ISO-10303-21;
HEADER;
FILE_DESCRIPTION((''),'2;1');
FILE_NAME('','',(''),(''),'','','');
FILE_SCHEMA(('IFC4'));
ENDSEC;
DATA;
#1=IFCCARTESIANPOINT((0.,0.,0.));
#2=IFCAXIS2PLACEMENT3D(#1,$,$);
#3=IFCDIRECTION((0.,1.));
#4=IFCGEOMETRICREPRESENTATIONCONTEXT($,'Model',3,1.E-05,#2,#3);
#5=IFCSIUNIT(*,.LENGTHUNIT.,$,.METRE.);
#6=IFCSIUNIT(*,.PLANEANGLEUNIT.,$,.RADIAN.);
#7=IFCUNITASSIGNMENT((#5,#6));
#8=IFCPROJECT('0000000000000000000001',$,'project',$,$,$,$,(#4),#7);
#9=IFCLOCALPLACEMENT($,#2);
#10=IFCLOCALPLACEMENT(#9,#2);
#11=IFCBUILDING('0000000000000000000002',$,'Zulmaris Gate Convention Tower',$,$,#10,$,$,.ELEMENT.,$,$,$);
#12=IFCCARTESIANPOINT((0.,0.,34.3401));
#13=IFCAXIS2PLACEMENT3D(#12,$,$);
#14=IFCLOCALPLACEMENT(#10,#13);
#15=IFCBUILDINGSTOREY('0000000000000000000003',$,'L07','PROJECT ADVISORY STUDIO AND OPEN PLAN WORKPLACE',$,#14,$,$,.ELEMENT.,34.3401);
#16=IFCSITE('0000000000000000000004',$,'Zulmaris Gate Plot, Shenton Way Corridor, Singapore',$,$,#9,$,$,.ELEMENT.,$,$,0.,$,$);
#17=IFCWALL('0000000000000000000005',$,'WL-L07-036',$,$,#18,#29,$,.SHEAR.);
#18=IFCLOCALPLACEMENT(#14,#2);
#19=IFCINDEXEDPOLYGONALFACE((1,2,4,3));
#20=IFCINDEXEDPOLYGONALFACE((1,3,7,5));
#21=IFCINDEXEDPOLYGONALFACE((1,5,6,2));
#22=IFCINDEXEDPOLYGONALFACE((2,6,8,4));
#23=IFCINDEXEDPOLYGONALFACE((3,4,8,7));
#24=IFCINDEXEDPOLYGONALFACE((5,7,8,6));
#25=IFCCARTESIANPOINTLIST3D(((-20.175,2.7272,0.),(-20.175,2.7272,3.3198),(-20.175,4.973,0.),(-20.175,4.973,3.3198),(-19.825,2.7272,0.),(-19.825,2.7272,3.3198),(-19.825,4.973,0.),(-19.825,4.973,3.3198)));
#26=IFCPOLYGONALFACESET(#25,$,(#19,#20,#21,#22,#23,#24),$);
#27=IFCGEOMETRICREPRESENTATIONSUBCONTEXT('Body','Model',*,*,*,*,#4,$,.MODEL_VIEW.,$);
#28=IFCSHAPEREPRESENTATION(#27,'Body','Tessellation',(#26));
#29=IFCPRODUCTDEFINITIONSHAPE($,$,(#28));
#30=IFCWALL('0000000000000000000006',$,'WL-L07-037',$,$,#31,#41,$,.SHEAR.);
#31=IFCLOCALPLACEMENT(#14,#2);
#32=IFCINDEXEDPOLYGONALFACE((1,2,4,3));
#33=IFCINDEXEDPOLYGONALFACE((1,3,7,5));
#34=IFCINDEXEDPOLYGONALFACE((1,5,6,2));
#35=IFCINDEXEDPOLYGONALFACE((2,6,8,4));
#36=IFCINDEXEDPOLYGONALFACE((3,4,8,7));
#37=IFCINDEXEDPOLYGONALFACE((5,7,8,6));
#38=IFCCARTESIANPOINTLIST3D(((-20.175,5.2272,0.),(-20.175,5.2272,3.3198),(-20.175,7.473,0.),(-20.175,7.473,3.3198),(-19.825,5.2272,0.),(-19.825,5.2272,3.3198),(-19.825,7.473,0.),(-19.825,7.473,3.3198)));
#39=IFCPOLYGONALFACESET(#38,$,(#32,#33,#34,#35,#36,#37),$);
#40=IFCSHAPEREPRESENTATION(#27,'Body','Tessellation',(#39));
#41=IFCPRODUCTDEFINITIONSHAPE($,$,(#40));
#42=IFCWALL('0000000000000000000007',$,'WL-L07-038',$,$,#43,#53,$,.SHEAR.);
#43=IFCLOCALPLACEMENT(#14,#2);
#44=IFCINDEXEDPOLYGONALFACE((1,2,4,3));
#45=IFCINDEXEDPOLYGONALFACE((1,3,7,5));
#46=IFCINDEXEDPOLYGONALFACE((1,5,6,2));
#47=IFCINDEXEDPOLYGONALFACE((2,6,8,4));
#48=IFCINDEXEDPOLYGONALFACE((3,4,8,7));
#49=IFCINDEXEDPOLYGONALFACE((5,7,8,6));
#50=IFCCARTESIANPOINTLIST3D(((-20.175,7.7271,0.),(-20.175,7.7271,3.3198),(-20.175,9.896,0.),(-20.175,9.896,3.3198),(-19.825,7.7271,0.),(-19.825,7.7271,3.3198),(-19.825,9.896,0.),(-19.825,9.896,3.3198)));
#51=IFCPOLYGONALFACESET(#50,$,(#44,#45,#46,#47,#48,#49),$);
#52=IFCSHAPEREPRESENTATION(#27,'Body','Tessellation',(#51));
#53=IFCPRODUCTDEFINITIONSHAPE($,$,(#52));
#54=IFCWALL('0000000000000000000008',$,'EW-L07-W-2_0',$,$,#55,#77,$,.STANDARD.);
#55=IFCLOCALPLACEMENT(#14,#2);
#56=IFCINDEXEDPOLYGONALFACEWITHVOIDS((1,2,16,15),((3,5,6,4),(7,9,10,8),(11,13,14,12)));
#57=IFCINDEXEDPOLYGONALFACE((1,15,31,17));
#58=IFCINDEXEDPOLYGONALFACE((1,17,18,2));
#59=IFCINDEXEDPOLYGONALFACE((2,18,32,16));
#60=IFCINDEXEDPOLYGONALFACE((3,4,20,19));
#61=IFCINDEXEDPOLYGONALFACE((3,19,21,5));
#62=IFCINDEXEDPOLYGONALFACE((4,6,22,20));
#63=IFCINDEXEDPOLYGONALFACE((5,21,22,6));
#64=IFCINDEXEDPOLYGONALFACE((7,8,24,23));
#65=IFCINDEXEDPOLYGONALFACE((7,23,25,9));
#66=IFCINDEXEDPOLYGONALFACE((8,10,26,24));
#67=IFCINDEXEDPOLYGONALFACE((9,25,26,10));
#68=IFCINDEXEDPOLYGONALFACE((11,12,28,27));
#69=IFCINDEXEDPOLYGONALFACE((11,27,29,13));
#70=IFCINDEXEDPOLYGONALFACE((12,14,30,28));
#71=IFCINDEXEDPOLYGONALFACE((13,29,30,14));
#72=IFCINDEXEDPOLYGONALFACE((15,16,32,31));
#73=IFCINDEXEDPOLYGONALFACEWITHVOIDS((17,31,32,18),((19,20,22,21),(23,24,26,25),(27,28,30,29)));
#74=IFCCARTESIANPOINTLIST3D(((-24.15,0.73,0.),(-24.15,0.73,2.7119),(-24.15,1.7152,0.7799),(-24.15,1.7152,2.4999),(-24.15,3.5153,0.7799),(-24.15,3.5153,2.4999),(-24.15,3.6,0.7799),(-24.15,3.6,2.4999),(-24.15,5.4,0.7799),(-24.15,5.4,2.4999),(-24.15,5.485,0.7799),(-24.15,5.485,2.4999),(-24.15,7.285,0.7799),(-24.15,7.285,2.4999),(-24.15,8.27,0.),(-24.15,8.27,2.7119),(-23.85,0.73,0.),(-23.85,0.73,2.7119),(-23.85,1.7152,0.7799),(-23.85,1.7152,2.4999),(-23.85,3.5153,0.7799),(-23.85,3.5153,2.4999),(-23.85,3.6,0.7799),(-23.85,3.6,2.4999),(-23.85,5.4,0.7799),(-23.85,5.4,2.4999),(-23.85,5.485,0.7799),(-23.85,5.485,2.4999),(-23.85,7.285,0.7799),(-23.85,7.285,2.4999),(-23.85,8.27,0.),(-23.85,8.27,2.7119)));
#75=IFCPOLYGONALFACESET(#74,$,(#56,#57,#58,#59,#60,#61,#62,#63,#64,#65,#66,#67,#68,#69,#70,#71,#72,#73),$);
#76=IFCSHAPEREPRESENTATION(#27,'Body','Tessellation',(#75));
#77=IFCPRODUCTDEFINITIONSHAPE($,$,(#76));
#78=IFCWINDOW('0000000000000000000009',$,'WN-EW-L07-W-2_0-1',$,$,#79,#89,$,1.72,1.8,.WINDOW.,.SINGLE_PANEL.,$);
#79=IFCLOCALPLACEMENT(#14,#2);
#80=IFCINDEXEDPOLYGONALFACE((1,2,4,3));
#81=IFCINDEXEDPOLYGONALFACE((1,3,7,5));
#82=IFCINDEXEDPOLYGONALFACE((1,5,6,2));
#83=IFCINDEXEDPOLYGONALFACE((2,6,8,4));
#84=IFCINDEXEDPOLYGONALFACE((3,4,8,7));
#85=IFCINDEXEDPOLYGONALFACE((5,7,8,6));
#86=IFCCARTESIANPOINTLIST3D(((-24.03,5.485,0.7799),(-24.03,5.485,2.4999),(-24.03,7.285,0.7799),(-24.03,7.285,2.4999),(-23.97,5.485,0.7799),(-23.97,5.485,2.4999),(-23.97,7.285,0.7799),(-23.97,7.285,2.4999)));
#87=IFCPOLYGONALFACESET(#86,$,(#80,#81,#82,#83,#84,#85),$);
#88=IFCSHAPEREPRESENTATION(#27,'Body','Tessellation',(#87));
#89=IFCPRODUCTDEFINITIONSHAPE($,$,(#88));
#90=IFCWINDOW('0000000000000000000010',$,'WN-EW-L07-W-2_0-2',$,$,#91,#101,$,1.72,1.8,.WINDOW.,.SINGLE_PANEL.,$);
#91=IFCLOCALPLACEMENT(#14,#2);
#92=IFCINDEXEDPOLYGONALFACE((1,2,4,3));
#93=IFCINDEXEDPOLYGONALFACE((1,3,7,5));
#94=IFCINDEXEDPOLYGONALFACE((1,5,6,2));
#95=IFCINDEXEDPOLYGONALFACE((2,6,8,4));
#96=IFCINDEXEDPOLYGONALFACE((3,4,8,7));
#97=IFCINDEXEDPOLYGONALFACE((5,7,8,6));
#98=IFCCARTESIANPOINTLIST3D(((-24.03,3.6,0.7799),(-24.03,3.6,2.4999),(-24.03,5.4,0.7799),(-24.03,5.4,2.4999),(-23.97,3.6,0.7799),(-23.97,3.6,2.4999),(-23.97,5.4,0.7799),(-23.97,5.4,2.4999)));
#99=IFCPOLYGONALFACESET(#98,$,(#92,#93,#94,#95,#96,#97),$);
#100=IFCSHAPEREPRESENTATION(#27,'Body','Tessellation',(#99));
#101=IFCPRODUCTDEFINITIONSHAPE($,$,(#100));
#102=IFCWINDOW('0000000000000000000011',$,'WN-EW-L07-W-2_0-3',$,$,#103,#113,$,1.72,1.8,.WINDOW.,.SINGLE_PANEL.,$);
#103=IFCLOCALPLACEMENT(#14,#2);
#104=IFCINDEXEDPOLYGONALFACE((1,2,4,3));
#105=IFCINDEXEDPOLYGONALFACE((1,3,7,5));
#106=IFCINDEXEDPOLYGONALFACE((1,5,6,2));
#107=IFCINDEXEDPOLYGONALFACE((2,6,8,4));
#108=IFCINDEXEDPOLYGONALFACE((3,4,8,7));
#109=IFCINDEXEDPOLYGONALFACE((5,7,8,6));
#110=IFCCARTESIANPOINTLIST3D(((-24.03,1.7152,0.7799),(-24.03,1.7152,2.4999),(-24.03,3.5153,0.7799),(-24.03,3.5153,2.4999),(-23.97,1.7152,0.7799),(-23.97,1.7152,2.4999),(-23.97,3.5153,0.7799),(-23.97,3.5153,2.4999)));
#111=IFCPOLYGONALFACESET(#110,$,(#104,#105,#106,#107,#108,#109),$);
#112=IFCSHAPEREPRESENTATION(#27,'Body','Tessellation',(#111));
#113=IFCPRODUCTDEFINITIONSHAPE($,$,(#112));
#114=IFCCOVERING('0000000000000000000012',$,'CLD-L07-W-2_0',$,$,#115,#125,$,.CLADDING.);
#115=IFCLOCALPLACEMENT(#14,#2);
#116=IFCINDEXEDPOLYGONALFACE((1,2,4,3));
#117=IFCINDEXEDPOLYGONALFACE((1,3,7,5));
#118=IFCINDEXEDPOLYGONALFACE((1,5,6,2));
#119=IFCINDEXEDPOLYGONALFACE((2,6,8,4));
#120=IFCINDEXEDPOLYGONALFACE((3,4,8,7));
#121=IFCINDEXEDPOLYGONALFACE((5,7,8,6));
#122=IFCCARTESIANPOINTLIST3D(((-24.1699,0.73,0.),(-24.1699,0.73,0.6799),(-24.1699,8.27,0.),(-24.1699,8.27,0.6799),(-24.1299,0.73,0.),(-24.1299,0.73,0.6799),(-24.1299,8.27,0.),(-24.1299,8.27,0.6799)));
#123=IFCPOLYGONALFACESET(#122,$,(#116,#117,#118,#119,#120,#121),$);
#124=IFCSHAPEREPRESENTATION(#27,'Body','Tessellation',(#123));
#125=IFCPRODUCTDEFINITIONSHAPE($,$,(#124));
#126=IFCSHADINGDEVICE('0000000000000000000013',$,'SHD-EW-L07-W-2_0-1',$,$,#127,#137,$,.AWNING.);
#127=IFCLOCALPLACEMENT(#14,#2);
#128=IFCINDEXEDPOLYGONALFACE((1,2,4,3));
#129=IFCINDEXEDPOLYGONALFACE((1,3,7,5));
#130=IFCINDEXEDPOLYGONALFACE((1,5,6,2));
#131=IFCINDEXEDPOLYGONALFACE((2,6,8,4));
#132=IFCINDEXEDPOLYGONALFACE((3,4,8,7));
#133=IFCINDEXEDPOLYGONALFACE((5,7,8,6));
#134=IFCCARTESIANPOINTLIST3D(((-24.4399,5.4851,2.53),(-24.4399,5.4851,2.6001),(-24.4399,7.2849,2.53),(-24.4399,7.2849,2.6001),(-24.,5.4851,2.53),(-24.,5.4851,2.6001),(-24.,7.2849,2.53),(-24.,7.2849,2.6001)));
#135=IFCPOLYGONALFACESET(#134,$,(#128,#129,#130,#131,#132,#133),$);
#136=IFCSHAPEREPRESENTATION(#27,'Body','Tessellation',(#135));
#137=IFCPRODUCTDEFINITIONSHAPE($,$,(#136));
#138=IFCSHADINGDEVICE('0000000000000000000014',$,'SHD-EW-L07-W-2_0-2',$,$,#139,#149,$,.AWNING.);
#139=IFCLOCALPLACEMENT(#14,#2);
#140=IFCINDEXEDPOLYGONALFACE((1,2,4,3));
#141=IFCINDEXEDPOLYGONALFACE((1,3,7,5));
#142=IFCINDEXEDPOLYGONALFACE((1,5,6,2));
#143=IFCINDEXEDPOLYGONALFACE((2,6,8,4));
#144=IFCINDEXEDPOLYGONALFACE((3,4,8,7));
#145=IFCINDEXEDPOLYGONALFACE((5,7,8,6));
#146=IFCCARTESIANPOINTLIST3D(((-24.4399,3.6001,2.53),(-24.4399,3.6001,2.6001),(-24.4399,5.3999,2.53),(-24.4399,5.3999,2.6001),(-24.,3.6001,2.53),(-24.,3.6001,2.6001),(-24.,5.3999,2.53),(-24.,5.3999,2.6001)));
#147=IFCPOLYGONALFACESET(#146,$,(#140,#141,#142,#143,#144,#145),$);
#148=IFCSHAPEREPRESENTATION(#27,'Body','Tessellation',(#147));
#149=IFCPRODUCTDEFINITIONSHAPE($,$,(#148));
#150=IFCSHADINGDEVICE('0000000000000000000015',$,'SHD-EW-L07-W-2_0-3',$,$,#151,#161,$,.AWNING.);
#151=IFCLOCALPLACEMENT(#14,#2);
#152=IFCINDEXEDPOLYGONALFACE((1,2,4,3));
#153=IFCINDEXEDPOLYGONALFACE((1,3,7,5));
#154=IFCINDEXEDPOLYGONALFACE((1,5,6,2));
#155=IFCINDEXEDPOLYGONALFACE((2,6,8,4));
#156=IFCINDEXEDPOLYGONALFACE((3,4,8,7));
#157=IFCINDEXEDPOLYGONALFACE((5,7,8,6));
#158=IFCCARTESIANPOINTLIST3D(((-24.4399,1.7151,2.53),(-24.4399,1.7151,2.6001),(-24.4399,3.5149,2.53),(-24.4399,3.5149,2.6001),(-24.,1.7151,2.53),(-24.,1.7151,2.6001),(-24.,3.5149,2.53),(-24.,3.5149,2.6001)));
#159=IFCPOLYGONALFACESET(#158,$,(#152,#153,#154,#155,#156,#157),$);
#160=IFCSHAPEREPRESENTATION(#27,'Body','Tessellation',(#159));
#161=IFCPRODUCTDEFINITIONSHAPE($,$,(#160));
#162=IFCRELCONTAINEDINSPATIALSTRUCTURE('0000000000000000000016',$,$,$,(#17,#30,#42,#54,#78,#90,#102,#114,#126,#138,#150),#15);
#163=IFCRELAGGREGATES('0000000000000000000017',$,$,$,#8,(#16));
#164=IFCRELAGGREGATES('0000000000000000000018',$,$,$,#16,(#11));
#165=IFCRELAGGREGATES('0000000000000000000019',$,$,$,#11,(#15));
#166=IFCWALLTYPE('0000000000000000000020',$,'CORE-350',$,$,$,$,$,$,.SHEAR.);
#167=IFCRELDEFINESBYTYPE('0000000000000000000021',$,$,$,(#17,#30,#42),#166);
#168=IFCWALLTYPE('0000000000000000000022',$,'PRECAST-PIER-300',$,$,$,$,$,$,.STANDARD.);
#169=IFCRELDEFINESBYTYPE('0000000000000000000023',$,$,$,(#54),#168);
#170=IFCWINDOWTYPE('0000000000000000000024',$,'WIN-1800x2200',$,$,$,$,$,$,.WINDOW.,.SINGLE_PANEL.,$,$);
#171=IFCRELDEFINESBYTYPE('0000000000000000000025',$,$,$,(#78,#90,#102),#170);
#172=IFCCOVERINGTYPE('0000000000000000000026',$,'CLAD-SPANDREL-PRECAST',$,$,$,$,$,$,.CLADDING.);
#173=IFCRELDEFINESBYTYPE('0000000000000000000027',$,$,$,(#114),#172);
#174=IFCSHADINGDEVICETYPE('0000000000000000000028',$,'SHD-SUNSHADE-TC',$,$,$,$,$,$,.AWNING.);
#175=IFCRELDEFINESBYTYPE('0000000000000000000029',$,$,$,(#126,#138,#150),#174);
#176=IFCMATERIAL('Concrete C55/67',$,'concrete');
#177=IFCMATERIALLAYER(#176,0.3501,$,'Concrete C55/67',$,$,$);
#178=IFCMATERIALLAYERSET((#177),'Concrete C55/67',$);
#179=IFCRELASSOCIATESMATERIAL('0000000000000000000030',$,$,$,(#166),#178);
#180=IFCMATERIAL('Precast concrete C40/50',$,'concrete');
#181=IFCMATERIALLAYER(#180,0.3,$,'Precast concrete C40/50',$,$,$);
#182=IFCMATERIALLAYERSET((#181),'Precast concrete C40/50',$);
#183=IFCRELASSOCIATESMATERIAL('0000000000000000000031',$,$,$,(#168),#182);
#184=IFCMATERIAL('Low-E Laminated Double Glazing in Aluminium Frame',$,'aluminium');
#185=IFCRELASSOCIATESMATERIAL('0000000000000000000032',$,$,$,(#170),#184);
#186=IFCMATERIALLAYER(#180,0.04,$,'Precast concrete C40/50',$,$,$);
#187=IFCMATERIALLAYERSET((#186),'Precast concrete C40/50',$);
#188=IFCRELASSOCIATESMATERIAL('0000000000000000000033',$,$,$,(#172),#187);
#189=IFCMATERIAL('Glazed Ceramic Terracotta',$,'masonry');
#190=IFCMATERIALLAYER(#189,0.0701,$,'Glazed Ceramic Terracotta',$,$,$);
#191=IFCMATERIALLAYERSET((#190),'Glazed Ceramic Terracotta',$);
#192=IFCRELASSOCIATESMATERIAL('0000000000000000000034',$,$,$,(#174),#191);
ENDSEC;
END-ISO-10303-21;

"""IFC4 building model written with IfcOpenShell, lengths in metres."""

from ifc_helpers import new_model, si_unit, direction, frame, frame_2d, origin, place, context, subcontext, project, spatial, rectangle, extrude, material, layer, layer_set, type_object, element, fill, save


model = new_model("IFC4")

# Units and contexts
model_context = context("Model", 3, precision=1e-05, world=origin(), true_north=direction((0.0, 1.0)))
body_context = subcontext(model_context, "Body", "Model", "MODEL_VIEW")
ifc_project = project(units=[si_unit("LENGTHUNIT", "METRE"), si_unit("PLANEANGLEUNIT", "RADIAN")], contexts=[model_context])

# Site, building, storey
site_placement = place(None, origin())
site = spatial("IfcSite", under=ifc_project, at=site_placement, Name="Zulmaris Gate Plot, Shenton Way Corridor, Singapore", CompositionType="ELEMENT", RefElevation=0.0)
building_placement = place(site_placement, origin())
building = spatial("IfcBuilding", under=site, at=building_placement, Name="Zulmaris Gate Convention Tower", CompositionType="ELEMENT")
storey_placement = place(building_placement, frame((0.0, 0.0, 34.3401)))
storey = spatial("IfcBuildingStorey", under=building, at=storey_placement, Name="L07", Description="PROJECT ADVISORY STUDIO AND OPEN PLAN WORKPLACE", CompositionType="ELEMENT", Elevation=34.3401)

# Walls
ifc_material_1 = material(Name="Concrete C55/67", Category="concrete")
ifc_layer_1 = layer(ifc_material_1, 0.3501, Name="Concrete C55/67")
ifc_layer_set_1 = layer_set([ifc_layer_1], Name="Concrete C55/67")
wall_type_1 = type_object("IfcWallType", Name="CORE-350", PredefinedType="SHEAR", material=ifc_layer_set_1)
for number, where, z_axis, x_axis, name in (
    (1, (-20.0, 2.7271, 0.0), (0.0, 0.0, 1.0), (0.0, 1.0, 0.0), "WL-L07-036"),
    (2, (-20.0, 5.2271, 0.0), (0.0, 0.0, 1.0), (0.0, 1.0, 0.0), "WL-L07-037"),
):
    element("IfcWall", number, at=place(storey_placement, frame(where, z_axis=z_axis, x_axis=x_axis)), inside=storey, type_object=wall_type_1, Name=name, PredefinedType="SHEAR", context=body_context, shape_type="SweptSolid", body=[
        extrude(rectangle(XDim=2.2458, YDim=0.3501, at=frame_2d((1.123, 0.0))), origin(), (0.0, 0.0, 1.0), 3.3198),
    ])
wall_1_placement = place(storey_placement, frame((-20.0, 7.7271, 0.0), z_axis=(0.0, 0.0, 1.0), x_axis=(0.0, 1.0, 0.0)))
element("IfcWall", 3, at=wall_1_placement, inside=storey, type_object=wall_type_1, Name="WL-L07-038", PredefinedType="SHEAR", context=body_context, shape_type="SweptSolid", body=[
    extrude(rectangle(XDim=2.1689, YDim=0.3501, at=frame_2d((1.0845, 0.0))), origin(), (0.0, 0.0, 1.0), 3.3198),
])

# Wall, openings, windows
ifc_material_2 = material(Name="Precast concrete C40/50", Category="concrete")
ifc_layer_2 = layer(ifc_material_2, 0.3, Name="Precast concrete C40/50")
ifc_layer_set_2 = layer_set([ifc_layer_2], Name="Precast concrete C40/50")
wall_type_2 = type_object("IfcWallType", Name="PRECAST-PIER-300", PredefinedType="STANDARD", material=ifc_layer_set_2)
wall_2_placement = place(storey_placement, frame((-24.0, 8.27, 0.0), z_axis=(0.0, 0.0, 1.0), x_axis=(0.0, -1.0, 0.0)))
wall_2 = element("IfcWall", 4, at=wall_2_placement, inside=storey, type_object=wall_type_2, Name="EW-L07-W-2_0", PredefinedType="STANDARD", context=body_context, shape_type="SweptSolid", body=[
    extrude(rectangle(XDim=7.54, YDim=0.3, at=frame_2d((3.77, 0.0))), origin(), (0.0, 0.0, 1.0), 2.7119),
])
opening_1_placement = place(wall_2_placement, frame((0.9851, 0.0, 0.78)))
opening_1 = element("IfcOpeningElement", 5, at=opening_1_placement, cuts=wall_2, PredefinedType="OPENING", context=body_context, shape_type="SweptSolid", body=[
    extrude(rectangle(XDim=1.8, YDim=1.72, at=frame_2d((0.8999, 0.8599))), frame((0.0, 0.1602, 0.0), z_axis=(0.0, -1.0, 0.0), x_axis=(1.0, 0.0, 0.0)), (0.0, 0.0, 1.0), 0.3201),
])
opening_2_placement = place(wall_2_placement, frame((2.8701, 0.0, 0.78)))
opening_2 = element("IfcOpeningElement", 6, at=opening_2_placement, cuts=wall_2, PredefinedType="OPENING", context=body_context, shape_type="SweptSolid", body=[
    extrude(rectangle(XDim=1.8, YDim=1.72, at=frame_2d((0.8999, 0.8599))), frame((0.0, 0.1602, 0.0), z_axis=(0.0, -1.0, 0.0), x_axis=(1.0, 0.0, 0.0)), (0.0, 0.0, 1.0), 0.3201),
])
opening_3_placement = place(wall_2_placement, frame((4.7549, 0.0, 0.78)))
opening_3 = element("IfcOpeningElement", 7, at=opening_3_placement, cuts=wall_2, PredefinedType="OPENING", context=body_context, shape_type="SweptSolid", body=[
    extrude(rectangle(XDim=1.8, YDim=1.72, at=frame_2d((0.8999, 0.8599))), frame((0.0, 0.1602, 0.0), z_axis=(0.0, -1.0, 0.0), x_axis=(1.0, 0.0, 0.0)), (0.0, 0.0, 1.0), 0.3201),
])
ifc_material_3 = material(Name="Low-E Laminated Double Glazing in Aluminium Frame", Category="aluminium")
window_type = type_object("IfcWindowType", Name="WIN-1800x2200", PartitioningType="SINGLE_PANEL", PredefinedType="WINDOW", material=ifc_material_3)
window_1_placement = place(opening_1_placement, origin())
window_1 = element("IfcWindow", 8, at=window_1_placement, inside=storey, type_object=window_type, Name="WN-EW-L07-W-2_0-1", OverallHeight=1.72, OverallWidth=1.8, PartitioningType="SINGLE_PANEL", PredefinedType="WINDOW", context=body_context, shape_type="SweptSolid", body=[
    extrude(rectangle(XDim=1.8, YDim=1.72, at=frame_2d((0.8999, 0.8599))), frame((0.0, 0.03, 0.0), z_axis=(0.0, -1.0, 0.0), x_axis=(1.0, 0.0, 0.0)), (0.0, 0.0, 1.0), 0.0601),
])
fill(opening_1, window_1)
window_2_placement = place(opening_2_placement, origin())
window_2 = element("IfcWindow", 9, at=window_2_placement, inside=storey, type_object=window_type, Name="WN-EW-L07-W-2_0-2", OverallHeight=1.72, OverallWidth=1.8, PartitioningType="SINGLE_PANEL", PredefinedType="WINDOW", context=body_context, shape_type="SweptSolid", body=[
    extrude(rectangle(XDim=1.8, YDim=1.72, at=frame_2d((0.8999, 0.8599))), frame((0.0, 0.03, 0.0), z_axis=(0.0, -1.0, 0.0), x_axis=(1.0, 0.0, 0.0)), (0.0, 0.0, 1.0), 0.0601),
])
fill(opening_2, window_2)
window_3_placement = place(opening_3_placement, origin())
window_3 = element("IfcWindow", 10, at=window_3_placement, inside=storey, type_object=window_type, Name="WN-EW-L07-W-2_0-3", OverallHeight=1.72, OverallWidth=1.8, PartitioningType="SINGLE_PANEL", PredefinedType="WINDOW", context=body_context, shape_type="SweptSolid", body=[
    extrude(rectangle(XDim=1.8, YDim=1.72, at=frame_2d((0.8999, 0.8599))), frame((0.0, 0.03, 0.0), z_axis=(0.0, -1.0, 0.0), x_axis=(1.0, 0.0, 0.0)), (0.0, 0.0, 1.0), 0.0601),
])
fill(opening_3, window_3)

# Covering
ifc_layer_3 = layer(ifc_material_2, 0.04, Name="Precast concrete C40/50")
ifc_layer_set_3 = layer_set([ifc_layer_3], Name="Precast concrete C40/50")
covering_type = type_object("IfcCoveringType", Name="CLAD-SPANDREL-PRECAST", PredefinedType="CLADDING", material=ifc_layer_set_3)
covering_placement = place(storey_placement, frame((-24.1499, 8.27, 0.0), z_axis=(0.0, 0.0, 1.0), x_axis=(0.0, -1.0, 0.0)))
element("IfcCovering", 11, at=covering_placement, inside=storey, type_object=covering_type, Name="CLD-L07-W-2_0", PredefinedType="CLADDING", context=body_context, shape_type="SweptSolid", body=[
    extrude(rectangle(XDim=7.54, YDim=0.04, at=frame_2d((3.77, 0.0))), origin(), (0.0, 0.0, 1.0), 0.6799),
])

# Shading devices
ifc_material_4 = material(Name="Glazed Ceramic Terracotta", Category="masonry")
ifc_layer_4 = layer(ifc_material_4, 0.0701, Name="Glazed Ceramic Terracotta")
ifc_layer_set_4 = layer_set([ifc_layer_4], Name="Glazed Ceramic Terracotta")
shading_device_type = type_object("IfcShadingDeviceType", Name="SHD-SUNSHADE-TC", PredefinedType="AWNING", material=ifc_layer_set_4)
for number, where, z_axis, x_axis, name in (
    (12, (-24.22, 7.2849, 2.53), (0.0, 0.0, 1.0), (0.0, -1.0, 0.0), "SHD-EW-L07-W-2_0-1"),
    (13, (-24.22, 5.3999, 2.53), (0.0, 0.0, 1.0), (0.0, -1.0, 0.0), "SHD-EW-L07-W-2_0-2"),
    (14, (-24.22, 3.5149, 2.53), (0.0, 0.0, 1.0), (0.0, -1.0, 0.0), "SHD-EW-L07-W-2_0-3"),
):
    element("IfcShadingDevice", number, at=place(storey_placement, frame(where, z_axis=z_axis, x_axis=x_axis)), inside=storey, type_object=shading_device_type, Name=name, PredefinedType="AWNING", context=body_context, shape_type="SweptSolid", body=[
        extrude(rectangle(XDim=1.7998, YDim=0.4399, at=frame_2d((0.8999, 0.0))), origin(), (0.0, 0.0, 1.0), 0.0701),
    ])

save(model, "model.ifc")
